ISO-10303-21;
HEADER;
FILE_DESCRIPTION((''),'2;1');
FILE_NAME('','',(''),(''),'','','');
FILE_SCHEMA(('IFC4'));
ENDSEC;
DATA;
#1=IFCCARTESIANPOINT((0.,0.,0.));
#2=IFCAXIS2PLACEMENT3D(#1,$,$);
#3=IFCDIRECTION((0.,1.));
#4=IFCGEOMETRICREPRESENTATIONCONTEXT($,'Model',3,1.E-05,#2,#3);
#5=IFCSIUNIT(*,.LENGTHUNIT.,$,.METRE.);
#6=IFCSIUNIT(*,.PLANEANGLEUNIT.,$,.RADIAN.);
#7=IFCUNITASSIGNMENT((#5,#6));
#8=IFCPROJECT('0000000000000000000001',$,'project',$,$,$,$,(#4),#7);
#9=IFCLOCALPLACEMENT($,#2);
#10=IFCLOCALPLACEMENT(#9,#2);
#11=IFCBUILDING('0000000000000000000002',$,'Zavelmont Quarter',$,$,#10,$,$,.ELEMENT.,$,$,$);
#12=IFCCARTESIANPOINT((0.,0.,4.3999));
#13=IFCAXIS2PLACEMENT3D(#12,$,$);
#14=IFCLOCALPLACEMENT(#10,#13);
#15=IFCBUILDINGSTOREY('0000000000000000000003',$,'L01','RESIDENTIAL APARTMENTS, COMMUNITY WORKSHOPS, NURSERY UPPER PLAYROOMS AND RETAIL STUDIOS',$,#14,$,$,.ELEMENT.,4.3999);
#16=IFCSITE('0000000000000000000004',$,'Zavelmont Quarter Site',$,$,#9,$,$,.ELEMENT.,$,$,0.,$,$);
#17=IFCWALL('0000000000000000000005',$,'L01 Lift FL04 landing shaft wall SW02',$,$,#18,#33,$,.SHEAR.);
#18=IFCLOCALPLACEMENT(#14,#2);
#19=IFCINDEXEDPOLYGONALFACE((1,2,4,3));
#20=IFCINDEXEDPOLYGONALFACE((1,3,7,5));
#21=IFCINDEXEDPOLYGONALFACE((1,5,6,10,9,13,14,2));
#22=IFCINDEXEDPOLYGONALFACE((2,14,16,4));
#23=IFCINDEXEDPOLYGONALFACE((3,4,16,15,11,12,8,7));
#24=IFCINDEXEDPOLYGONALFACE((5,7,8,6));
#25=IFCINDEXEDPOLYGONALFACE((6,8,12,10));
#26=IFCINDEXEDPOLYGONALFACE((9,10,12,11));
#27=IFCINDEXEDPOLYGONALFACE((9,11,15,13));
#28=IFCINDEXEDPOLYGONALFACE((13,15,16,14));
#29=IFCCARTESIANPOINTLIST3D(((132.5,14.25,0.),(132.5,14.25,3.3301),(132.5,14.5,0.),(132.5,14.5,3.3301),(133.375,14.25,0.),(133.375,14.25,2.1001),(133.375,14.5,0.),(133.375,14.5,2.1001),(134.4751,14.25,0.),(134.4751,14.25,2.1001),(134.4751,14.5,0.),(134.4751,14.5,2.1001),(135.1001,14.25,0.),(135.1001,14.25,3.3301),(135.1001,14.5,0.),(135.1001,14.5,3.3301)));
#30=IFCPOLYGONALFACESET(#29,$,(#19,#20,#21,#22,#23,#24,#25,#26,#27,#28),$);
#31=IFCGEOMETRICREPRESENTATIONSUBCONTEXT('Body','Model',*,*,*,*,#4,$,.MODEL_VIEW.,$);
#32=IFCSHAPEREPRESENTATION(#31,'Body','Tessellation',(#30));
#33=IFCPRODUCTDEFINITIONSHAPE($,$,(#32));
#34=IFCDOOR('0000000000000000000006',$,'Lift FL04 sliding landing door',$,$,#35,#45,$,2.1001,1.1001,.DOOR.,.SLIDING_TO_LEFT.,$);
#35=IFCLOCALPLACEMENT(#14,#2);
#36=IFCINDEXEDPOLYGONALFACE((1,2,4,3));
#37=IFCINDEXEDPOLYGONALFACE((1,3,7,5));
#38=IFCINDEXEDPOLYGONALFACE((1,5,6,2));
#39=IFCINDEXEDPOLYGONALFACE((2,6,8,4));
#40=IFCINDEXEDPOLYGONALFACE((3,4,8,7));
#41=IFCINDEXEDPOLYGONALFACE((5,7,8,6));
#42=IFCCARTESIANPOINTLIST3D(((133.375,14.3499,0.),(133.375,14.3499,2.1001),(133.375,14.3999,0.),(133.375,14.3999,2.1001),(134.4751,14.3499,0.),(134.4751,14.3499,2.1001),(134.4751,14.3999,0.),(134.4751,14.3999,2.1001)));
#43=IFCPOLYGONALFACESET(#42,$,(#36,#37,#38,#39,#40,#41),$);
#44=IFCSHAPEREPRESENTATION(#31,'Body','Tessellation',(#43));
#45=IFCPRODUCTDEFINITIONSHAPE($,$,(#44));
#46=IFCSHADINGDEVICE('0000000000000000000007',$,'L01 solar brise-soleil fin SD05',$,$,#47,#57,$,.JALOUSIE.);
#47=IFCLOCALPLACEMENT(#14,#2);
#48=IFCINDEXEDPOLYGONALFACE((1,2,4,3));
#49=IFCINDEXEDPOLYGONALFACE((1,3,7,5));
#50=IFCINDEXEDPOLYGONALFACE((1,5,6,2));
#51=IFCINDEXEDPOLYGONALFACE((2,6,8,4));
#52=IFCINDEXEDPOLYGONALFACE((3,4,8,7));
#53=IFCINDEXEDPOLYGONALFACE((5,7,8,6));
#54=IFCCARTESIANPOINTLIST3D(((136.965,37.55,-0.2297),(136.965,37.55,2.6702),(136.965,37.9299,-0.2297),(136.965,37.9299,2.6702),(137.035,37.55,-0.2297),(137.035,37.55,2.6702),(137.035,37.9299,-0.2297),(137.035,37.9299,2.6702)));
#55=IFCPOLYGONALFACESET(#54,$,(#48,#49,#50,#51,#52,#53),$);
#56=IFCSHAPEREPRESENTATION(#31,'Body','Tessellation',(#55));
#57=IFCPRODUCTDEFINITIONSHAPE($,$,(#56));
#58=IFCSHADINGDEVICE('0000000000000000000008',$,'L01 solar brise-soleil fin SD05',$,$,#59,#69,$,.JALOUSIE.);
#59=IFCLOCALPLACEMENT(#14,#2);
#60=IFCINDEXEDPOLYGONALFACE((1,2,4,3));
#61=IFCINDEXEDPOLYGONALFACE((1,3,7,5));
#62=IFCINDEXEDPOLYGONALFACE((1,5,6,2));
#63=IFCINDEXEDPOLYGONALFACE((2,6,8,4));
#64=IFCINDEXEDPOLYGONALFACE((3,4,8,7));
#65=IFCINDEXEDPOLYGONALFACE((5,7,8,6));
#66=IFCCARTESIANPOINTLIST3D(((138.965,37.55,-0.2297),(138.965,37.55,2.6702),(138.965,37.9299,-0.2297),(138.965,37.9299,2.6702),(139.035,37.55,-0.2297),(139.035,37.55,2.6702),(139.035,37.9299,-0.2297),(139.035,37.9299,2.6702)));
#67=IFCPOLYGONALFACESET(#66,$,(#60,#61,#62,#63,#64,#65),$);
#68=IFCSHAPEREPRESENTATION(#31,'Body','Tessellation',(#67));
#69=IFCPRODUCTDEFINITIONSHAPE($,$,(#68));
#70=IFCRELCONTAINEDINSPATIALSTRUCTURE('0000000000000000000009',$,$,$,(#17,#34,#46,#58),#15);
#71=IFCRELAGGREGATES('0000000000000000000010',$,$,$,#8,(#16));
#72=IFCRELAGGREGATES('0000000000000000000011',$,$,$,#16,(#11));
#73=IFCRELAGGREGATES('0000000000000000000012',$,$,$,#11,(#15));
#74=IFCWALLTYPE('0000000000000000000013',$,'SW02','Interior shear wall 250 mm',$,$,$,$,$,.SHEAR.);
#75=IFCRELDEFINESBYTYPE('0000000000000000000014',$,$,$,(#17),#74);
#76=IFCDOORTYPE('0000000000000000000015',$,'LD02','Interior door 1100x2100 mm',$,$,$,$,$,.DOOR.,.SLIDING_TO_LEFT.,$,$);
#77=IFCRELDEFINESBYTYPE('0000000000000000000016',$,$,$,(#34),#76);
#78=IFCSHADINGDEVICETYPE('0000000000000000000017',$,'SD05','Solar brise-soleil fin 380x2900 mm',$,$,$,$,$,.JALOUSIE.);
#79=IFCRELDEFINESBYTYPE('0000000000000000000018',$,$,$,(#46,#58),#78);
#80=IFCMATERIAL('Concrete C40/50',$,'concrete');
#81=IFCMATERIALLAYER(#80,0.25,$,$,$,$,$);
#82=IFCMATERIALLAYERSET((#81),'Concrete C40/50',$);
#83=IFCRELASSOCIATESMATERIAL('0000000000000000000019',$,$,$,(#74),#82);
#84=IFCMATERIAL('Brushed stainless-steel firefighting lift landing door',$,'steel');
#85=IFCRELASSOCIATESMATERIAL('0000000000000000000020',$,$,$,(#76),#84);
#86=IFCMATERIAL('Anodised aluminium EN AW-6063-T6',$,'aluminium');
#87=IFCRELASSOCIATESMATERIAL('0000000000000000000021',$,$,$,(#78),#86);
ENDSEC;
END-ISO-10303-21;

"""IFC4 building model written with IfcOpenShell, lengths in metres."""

from ifc_helpers import new_model, si_unit, direction, frame, frame_2d, origin, origin_with_axes, origin_2d, place, context, subcontext, project, spatial, rectangle, extrude, material, layer, layer_set, type_object, element, fill, save


model = new_model("IFC4")

# Units and contexts
model_context = context("Model", 3, precision=1e-05, world=origin(), true_north=direction((0.0, 1.0)))
body_context = subcontext(model_context, "Body", "Model", "MODEL_VIEW")
ifc_project = project(units=[si_unit("LENGTHUNIT", "METRE"), si_unit("PLANEANGLEUNIT", "RADIAN")], contexts=[model_context])

# Site, building, storey
site_placement = place(None, origin())
site = spatial("IfcSite", under=ifc_project, at=site_placement, Name="Zavelmont Quarter Site", CompositionType="ELEMENT", RefElevation=0.0)
building_placement = place(site_placement, origin())
building = spatial("IfcBuilding", under=site, at=building_placement, Name="Zavelmont Quarter", CompositionType="ELEMENT")
storey_placement = place(building_placement, frame((0.0, 0.0, 4.3999)))
storey = spatial("IfcBuildingStorey", under=building, at=storey_placement, Name="L01", Description="RESIDENTIAL APARTMENTS, COMMUNITY WORKSHOPS, NURSERY UPPER PLAYROOMS AND RETAIL STUDIOS", CompositionType="ELEMENT", Elevation=4.3999)

# Shared definitions
ifc_material_1 = material(Name="Concrete C40/50", Category="concrete")

# Wall, opening, door
ifc_layer_1 = layer(ifc_material_1, 0.25)
ifc_layer_set_1 = layer_set([ifc_layer_1], Name="Concrete C40/50")
wall_type_1 = type_object("IfcWallType", Name="SW02", Description="Interior shear wall 250 mm", PredefinedType="SHEAR", material=ifc_layer_set_1)
wall_1_placement = place(storey_placement, frame((132.5, 14.375, 0.0), z_axis=(0.0, 0.0, 1.0), x_axis=(1.0, 0.0, 0.0)))
wall_1 = element("IfcWall", 1, at=wall_1_placement, inside=storey, type_object=wall_type_1, Name="L01 Lift FL04 landing shaft wall SW02", PredefinedType="SHEAR", context=body_context, shape_type="SweptSolid", body=[
    extrude(rectangle(XDim=2.6001, YDim=0.25, at=frame_2d((1.3, 0.0))), origin(), (0.0, 0.0, 1.0), 3.3301),
])
opening_placement = place(wall_1_placement, frame((0.875, 0.0, 0.0)))
opening = element("IfcOpeningElement", 2, at=opening_placement, cuts=wall_1, PredefinedType="OPENING", context=body_context, shape_type="SweptSolid", body=[
    extrude(rectangle(XDim=1.1001, YDim=2.1001, at=frame_2d((0.55, 1.05))), frame((0.0, 0.137, 0.0), z_axis=(0.0, -1.0, 0.0), x_axis=(1.0, 0.0, 0.0)), (0.0, 0.0, 1.0), 0.2739),
])
ifc_material_2 = material(Name="Brushed stainless-steel firefighting lift landing door", Category="steel")
door_type = type_object("IfcDoorType", Name="LD02", Description="Interior door 1100x2100 mm", OperationType="SLIDING_TO_LEFT", PredefinedType="DOOR", material=ifc_material_2)
door_placement = place(opening_placement, origin_with_axes())
door = element("IfcDoor", 3, at=door_placement, inside=storey, type_object=door_type, Name="Lift FL04 sliding landing door", OperationType="SLIDING_TO_LEFT", OverallHeight=2.1001, OverallWidth=1.1001, PredefinedType="DOOR", context=body_context, shape_type="SweptSolid", body=[
    extrude(rectangle(XDim=1.1001, YDim=2.1001, at=frame_2d((0.55, 1.05))), frame((0.0, 0.0249, 0.0), z_axis=(0.0, -1.0, 0.0), x_axis=(1.0, 0.0, 0.0)), (0.0, 0.0, 1.0), 0.05),
])
fill(opening, door)

# Shading devices
ifc_material_3 = material(Name="Anodised aluminium EN AW-6063-T6", Category="aluminium")
shading_device_type = type_object("IfcShadingDeviceType", Name="SD05", Description="Solar brise-soleil fin 380x2900 mm", PredefinedType="JALOUSIE", material=ifc_material_3)
for number, where, z_axis, x_axis, name in (
    (4, (137.0, 37.74, -0.2297), (0.0, 0.0, 1.0), (1.0, 0.0, 0.0), "L01 solar brise-soleil fin SD05"),
    (5, (139.0, 37.74, -0.2297), (0.0, 0.0, 1.0), (1.0, 0.0, 0.0), "L01 solar brise-soleil fin SD05"),
):
    element("IfcShadingDevice", number, at=place(storey_placement, frame(where, z_axis=z_axis, x_axis=x_axis)), inside=storey, type_object=shading_device_type, Name=name, PredefinedType="JALOUSIE", context=body_context, shape_type="SweptSolid", body=[
        extrude(rectangle(XDim=0.0701, YDim=0.3799, at=origin_2d()), origin(), (0.0, 0.0, 1.0), 2.8999),
    ])

save(model, "model.ifc")
